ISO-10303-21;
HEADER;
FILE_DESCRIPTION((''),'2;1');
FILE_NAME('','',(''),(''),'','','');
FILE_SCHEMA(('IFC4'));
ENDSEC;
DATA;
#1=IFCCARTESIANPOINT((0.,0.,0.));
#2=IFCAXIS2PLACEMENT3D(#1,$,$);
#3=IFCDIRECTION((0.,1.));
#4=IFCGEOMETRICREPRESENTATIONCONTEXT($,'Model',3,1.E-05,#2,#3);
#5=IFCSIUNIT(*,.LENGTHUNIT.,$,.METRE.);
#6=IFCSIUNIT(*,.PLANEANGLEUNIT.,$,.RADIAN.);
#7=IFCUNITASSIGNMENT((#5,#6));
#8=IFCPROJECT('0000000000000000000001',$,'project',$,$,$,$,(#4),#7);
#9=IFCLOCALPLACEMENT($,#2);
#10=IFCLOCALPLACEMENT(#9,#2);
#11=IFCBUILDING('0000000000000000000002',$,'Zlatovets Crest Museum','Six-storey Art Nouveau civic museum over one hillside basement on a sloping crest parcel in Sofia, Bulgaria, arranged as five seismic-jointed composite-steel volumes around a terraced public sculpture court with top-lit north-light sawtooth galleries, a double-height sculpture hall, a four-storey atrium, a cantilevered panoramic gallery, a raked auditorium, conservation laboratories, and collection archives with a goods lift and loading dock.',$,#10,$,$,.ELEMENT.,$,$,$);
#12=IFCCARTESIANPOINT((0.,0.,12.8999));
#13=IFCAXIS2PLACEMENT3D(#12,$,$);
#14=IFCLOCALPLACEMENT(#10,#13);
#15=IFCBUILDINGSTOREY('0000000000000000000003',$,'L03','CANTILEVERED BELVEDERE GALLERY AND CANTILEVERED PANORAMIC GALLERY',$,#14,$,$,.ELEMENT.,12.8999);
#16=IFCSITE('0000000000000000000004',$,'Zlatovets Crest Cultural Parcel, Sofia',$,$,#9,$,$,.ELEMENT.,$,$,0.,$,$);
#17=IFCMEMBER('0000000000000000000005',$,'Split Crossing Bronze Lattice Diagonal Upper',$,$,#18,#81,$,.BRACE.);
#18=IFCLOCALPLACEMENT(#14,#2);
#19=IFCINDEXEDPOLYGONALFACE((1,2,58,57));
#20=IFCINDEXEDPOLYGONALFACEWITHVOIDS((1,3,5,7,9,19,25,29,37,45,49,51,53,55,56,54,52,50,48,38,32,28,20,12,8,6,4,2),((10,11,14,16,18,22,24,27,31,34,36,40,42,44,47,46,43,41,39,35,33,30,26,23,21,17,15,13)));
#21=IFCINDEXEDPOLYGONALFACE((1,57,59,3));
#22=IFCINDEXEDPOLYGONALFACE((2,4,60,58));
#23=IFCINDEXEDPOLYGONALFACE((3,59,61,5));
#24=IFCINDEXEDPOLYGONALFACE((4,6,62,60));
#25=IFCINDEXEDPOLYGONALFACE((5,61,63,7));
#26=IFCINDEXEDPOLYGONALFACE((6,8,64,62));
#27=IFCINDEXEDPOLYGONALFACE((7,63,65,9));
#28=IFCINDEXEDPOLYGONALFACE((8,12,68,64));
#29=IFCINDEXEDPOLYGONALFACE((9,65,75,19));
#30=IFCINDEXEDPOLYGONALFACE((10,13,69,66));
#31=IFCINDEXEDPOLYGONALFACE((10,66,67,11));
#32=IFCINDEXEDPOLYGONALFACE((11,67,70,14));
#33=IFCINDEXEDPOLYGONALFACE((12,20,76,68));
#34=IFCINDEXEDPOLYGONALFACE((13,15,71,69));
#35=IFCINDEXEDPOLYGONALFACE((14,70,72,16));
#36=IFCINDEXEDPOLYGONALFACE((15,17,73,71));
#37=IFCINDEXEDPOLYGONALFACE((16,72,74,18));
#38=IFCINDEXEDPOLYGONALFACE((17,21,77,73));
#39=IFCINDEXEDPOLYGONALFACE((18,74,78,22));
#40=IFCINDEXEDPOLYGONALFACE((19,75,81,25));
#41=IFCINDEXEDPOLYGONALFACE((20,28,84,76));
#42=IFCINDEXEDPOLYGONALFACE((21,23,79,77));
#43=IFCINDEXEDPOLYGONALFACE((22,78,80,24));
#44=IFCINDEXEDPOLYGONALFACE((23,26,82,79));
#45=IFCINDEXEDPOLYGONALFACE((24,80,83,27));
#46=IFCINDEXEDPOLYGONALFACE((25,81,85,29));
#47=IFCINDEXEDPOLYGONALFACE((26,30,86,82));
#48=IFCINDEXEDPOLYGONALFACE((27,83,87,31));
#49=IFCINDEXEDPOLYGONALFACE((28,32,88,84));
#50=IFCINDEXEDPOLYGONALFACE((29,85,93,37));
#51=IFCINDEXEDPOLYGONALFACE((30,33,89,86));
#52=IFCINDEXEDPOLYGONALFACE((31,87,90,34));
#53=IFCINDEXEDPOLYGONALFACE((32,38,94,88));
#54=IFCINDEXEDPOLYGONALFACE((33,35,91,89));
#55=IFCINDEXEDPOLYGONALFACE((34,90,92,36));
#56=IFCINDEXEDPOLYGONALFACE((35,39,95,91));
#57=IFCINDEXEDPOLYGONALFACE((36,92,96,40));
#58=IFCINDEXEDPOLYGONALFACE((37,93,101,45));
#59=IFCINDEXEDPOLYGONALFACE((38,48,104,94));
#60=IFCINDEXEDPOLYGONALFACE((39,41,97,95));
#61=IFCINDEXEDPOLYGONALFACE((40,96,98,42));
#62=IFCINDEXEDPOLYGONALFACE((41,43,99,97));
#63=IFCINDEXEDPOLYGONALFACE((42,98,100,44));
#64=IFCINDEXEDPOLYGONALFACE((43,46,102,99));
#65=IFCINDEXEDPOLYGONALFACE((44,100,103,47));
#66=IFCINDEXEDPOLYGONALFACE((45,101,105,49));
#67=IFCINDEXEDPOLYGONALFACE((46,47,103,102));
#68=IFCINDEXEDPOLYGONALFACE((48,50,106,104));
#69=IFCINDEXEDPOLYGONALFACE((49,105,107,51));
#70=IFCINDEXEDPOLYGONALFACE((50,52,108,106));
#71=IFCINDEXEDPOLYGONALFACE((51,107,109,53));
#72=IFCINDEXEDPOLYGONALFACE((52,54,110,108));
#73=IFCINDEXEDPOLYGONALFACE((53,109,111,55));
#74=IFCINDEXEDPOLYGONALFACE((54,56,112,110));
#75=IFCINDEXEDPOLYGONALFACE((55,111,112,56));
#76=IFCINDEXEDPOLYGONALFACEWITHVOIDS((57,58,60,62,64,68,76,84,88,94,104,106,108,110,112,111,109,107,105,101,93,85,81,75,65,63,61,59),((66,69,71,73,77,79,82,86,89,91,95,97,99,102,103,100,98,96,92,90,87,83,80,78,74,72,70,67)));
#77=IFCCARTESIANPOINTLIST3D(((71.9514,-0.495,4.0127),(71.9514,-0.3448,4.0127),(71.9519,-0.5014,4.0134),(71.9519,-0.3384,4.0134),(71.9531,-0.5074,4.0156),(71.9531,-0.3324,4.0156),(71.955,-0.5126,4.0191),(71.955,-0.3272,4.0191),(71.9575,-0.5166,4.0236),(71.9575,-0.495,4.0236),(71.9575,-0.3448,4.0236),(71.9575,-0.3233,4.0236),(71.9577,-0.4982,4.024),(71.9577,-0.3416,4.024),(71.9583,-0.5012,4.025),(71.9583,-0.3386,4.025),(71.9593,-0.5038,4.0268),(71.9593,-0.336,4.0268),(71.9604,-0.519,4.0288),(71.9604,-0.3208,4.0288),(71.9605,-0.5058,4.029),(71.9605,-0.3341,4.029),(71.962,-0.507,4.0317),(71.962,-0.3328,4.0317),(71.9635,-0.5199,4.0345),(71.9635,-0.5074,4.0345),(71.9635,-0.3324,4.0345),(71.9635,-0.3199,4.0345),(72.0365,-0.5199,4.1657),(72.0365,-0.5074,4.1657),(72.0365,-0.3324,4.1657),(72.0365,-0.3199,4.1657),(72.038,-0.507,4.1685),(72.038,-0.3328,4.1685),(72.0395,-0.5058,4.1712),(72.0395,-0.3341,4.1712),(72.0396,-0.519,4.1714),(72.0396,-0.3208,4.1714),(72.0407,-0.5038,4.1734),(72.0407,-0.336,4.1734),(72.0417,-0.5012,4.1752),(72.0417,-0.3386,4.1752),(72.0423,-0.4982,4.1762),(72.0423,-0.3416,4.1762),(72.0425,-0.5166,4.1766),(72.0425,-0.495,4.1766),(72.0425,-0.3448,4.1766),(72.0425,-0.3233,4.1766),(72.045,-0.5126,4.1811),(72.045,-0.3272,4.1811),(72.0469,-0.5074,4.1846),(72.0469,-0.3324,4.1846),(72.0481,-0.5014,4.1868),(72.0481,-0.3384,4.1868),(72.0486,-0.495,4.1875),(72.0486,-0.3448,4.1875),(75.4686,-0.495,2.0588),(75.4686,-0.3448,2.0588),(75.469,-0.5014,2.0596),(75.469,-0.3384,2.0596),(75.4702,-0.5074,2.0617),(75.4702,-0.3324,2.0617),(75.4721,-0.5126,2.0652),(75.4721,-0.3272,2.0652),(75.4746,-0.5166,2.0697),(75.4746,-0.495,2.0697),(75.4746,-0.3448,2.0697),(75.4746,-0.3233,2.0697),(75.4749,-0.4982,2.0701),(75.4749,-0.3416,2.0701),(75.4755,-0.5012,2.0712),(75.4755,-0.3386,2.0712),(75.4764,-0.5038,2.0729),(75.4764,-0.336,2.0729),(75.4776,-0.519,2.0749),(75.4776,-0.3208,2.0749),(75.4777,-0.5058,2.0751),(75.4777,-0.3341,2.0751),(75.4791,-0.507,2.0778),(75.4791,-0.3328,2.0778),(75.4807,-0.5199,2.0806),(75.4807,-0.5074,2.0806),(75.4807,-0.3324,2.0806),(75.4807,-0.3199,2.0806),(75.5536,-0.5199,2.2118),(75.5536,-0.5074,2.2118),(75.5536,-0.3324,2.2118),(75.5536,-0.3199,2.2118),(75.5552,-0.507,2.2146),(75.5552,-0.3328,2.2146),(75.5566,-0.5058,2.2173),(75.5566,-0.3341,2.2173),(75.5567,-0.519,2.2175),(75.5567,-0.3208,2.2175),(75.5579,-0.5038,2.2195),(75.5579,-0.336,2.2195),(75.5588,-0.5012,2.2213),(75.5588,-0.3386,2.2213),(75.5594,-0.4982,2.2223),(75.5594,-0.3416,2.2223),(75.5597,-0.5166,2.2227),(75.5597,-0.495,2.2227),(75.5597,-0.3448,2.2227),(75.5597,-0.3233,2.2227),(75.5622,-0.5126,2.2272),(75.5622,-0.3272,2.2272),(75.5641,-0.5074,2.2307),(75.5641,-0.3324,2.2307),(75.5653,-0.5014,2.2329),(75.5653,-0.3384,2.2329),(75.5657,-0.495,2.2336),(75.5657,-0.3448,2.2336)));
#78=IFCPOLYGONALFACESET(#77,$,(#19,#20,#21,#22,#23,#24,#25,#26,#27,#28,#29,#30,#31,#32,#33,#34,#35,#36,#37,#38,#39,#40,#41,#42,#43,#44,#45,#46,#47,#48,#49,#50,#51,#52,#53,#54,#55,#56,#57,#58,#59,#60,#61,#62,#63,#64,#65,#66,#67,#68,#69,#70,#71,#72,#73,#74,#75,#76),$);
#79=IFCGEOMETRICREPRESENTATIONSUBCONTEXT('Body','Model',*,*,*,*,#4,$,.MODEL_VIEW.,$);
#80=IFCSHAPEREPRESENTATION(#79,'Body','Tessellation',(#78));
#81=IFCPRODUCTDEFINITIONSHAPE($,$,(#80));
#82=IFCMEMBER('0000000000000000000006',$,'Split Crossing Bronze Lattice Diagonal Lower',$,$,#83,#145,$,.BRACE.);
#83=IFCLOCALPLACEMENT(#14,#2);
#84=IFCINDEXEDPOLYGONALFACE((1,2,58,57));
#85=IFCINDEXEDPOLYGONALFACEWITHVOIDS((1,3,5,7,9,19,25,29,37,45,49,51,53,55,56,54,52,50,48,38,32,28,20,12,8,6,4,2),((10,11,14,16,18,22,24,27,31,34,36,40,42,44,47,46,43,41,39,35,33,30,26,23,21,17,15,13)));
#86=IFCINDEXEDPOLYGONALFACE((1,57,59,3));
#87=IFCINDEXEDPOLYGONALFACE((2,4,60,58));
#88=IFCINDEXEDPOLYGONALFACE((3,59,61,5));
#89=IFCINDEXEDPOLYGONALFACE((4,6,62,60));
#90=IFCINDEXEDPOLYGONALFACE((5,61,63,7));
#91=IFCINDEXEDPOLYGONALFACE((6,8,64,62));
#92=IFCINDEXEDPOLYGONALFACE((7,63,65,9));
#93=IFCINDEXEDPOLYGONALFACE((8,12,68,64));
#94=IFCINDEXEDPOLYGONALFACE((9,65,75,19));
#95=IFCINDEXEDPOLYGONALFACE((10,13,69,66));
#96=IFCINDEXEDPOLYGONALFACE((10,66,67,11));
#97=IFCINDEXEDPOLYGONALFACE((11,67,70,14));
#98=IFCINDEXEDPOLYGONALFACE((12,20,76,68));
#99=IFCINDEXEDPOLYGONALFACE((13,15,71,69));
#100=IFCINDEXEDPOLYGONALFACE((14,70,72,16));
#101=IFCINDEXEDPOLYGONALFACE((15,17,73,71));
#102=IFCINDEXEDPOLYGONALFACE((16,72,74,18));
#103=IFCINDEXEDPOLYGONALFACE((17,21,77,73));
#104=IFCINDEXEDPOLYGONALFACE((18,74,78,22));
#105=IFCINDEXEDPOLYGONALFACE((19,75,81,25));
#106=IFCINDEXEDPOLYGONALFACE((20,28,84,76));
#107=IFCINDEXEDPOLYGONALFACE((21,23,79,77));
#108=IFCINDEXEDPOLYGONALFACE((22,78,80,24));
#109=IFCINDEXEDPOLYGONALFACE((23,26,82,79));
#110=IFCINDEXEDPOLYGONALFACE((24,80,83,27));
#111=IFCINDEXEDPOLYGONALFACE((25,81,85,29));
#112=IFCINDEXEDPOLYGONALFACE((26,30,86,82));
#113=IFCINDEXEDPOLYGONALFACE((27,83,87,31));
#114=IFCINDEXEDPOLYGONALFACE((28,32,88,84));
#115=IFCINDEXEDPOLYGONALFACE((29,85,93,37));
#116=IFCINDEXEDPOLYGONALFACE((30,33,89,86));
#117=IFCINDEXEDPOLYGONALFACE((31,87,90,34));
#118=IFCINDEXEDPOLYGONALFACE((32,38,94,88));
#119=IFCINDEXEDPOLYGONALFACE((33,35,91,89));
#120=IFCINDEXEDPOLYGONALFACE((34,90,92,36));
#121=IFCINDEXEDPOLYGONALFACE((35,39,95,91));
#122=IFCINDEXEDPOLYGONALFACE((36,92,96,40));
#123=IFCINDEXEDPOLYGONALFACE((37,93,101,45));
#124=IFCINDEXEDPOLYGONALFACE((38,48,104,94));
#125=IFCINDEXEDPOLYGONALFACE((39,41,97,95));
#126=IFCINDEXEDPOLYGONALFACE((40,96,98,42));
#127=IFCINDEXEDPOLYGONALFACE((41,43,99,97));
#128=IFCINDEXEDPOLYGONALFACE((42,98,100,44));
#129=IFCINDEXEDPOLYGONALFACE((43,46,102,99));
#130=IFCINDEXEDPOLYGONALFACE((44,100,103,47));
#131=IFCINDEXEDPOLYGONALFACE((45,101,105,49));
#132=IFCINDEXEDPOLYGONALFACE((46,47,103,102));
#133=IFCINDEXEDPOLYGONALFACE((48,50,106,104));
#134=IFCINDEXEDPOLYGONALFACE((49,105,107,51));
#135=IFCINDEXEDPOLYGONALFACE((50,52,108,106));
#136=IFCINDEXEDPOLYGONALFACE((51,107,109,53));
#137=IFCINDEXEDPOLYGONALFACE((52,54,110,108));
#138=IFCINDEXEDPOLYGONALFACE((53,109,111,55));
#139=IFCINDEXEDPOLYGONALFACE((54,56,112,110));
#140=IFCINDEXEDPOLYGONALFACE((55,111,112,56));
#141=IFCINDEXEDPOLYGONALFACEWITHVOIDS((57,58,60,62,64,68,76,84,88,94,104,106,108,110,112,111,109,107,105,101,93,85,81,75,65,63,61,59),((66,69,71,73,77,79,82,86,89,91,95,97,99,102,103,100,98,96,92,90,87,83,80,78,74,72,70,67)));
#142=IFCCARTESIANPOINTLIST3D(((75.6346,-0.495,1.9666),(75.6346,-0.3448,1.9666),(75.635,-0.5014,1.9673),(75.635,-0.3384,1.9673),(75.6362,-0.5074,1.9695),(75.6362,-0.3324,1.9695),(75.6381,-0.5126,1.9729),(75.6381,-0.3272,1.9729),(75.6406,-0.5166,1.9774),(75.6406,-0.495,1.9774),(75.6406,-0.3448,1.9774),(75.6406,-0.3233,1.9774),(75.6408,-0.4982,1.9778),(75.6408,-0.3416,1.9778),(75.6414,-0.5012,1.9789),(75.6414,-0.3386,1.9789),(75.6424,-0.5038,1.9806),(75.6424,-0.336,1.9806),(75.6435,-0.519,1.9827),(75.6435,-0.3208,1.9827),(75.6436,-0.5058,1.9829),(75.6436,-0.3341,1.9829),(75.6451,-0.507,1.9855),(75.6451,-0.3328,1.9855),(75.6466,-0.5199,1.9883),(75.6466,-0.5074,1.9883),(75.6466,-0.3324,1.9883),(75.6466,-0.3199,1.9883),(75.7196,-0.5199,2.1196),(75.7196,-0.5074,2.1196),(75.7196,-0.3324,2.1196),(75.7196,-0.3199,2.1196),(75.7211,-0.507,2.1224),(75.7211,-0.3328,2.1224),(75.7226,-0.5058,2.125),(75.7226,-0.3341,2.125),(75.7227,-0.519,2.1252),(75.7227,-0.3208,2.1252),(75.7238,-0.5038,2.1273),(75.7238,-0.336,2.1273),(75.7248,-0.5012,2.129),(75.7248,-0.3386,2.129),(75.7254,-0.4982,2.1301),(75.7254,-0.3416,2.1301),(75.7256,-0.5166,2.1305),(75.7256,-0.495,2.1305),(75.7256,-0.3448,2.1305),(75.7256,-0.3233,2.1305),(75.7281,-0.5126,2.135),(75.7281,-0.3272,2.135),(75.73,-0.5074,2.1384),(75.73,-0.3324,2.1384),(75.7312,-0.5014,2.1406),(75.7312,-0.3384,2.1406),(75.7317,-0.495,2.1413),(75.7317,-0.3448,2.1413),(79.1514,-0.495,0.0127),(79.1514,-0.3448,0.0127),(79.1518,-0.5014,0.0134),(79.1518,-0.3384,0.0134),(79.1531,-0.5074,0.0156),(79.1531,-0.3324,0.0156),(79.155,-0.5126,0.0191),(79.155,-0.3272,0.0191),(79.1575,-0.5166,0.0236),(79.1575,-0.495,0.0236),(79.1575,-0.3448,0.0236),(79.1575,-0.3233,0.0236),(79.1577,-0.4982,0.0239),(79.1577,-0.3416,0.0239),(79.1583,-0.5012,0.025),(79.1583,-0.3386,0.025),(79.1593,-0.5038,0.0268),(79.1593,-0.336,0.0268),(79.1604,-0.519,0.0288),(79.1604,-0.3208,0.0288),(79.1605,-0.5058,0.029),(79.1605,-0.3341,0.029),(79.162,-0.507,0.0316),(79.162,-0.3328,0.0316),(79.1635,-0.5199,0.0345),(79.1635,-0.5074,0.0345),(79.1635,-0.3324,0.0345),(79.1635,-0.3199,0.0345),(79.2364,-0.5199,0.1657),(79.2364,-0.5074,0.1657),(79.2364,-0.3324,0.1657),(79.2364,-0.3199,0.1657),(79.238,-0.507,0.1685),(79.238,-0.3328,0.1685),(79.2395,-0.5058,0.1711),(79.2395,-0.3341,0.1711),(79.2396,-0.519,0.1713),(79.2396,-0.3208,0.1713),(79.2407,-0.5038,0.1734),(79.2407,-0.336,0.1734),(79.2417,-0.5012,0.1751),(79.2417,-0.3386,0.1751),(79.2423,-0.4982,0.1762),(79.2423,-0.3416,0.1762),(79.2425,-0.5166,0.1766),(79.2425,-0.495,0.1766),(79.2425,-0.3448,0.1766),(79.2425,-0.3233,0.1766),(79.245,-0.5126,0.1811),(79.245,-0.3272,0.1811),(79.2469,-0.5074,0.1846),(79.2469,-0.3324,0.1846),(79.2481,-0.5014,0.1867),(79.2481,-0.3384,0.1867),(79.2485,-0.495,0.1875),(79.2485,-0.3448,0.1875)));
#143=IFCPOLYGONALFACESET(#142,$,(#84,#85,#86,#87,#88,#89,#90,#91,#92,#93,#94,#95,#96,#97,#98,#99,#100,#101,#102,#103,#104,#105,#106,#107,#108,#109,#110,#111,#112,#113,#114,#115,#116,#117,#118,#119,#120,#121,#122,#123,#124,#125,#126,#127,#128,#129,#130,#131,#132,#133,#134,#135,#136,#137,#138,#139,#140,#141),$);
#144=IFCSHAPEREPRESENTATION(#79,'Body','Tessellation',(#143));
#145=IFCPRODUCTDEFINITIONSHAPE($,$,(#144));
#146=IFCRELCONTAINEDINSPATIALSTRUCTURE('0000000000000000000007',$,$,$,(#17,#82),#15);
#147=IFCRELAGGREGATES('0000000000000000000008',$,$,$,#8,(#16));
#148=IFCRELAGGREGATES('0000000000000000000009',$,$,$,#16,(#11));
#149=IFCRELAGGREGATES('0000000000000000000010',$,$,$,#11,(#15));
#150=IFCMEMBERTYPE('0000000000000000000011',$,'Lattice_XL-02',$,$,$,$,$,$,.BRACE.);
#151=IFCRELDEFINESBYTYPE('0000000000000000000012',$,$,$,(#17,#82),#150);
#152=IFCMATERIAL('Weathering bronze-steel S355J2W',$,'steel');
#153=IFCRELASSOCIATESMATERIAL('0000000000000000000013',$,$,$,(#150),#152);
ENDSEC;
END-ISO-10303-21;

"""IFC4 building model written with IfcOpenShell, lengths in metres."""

from ifc_helpers import new_model, si_unit, direction, frame, origin, origin_2d, place, context, subcontext, project, spatial, hollow_rectangle, extrude, material, material_profile, profile_set, type_object, element, save


model = new_model("IFC4")

# Units and contexts
model_context = context("Model", 3, precision=1e-05, world=origin(), true_north=direction((0.0, 1.0)))
body_context = subcontext(model_context, "Body", "Model", "MODEL_VIEW")
ifc_project = project(units=[si_unit("LENGTHUNIT", "METRE"), si_unit("PLANEANGLEUNIT", "RADIAN")], contexts=[model_context])

# Site, building, storey
site_placement = place(None, origin())
site = spatial("IfcSite", under=ifc_project, at=site_placement, Name="Zlatovets Crest Cultural Parcel, Sofia", CompositionType="ELEMENT", RefElevation=0.0)
building_placement = place(site_placement, origin())
building = spatial("IfcBuilding", under=site, at=building_placement, Name="Zlatovets Crest Museum", Description="Six-storey Art Nouveau civic museum over one hillside basement on a sloping crest parcel in Sofia, Bulgaria, arranged as five seismic-jointed composite-steel volumes around a terraced public sculpture court with top-lit north-light sawtooth galleries, a double-height sculpture hall, a four-storey atrium, a cantilevered panoramic gallery, a raked auditorium, conservation laboratories, and collection archives with a goods lift and loading dock.", CompositionType="ELEMENT")
storey_placement = place(building_placement, frame((0.0, 0.0, 12.8999)))
storey = spatial("IfcBuildingStorey", under=building, at=storey_placement, Name="L03", Description="CANTILEVERED BELVEDERE GALLERY AND CANTILEVERED PANORAMIC GALLERY", CompositionType="ELEMENT", Elevation=12.8999)

# Members
ifc_material_1 = material(Name="Weathering bronze-steel S355J2W", Category="steel")
ifc_material_profile_1 = material_profile(ifc_material_1, hollow_rectangle(XDim=0.2, YDim=0.2, WallThickness=0.0125, InnerFilletRadius=0.0125, OuterFilletRadius=0.0249, at=origin_2d()), Name="SHS 200x200x12.5")
ifc_profile_set_1 = profile_set([ifc_material_profile_1], Name="Weathering bronze-steel S355J2W")
member_type_1 = type_object("IfcMemberType", Name="Lattice_XL-02", PredefinedType="BRACE", material=ifc_profile_set_1)
member_1_placement = place(storey_placement, frame((72.0, -0.4199, 4.1001), z_axis=(0.874166, 0.0, -0.485627), x_axis=(0.0, 1.0, 0.0)))
element("IfcMember", 1, at=member_1_placement, inside=storey, type_object=member_type_1, Name="Split Crossing Bronze Lattice Diagonal Upper", PredefinedType="BRACE", context=body_context, shape_type="SweptSolid", body=[
    extrude(hollow_rectangle(XDim=0.2, YDim=0.2, WallThickness=0.0125, InnerFilletRadius=0.0125, OuterFilletRadius=0.0249, at=origin_2d()), origin(), (0.0, 0.0, 1.0), 4.0234),
])
member_2_placement = place(storey_placement, frame((75.6831, -0.4199, 2.054), z_axis=(0.874152, 0.0, -0.485653), x_axis=(0.0, 1.0, 0.0)))
element("IfcMember", 2, at=member_2_placement, inside=storey, type_object=member_type_1, Name="Split Crossing Bronze Lattice Diagonal Lower", PredefinedType="BRACE", context=body_context, shape_type="SweptSolid", body=[
    extrude(hollow_rectangle(XDim=0.2, YDim=0.2, WallThickness=0.0125, InnerFilletRadius=0.0125, OuterFilletRadius=0.0249, at=origin_2d()), origin(), (0.0, 0.0, 1.0), 4.0232),
])

save(model, "model.ifc")
